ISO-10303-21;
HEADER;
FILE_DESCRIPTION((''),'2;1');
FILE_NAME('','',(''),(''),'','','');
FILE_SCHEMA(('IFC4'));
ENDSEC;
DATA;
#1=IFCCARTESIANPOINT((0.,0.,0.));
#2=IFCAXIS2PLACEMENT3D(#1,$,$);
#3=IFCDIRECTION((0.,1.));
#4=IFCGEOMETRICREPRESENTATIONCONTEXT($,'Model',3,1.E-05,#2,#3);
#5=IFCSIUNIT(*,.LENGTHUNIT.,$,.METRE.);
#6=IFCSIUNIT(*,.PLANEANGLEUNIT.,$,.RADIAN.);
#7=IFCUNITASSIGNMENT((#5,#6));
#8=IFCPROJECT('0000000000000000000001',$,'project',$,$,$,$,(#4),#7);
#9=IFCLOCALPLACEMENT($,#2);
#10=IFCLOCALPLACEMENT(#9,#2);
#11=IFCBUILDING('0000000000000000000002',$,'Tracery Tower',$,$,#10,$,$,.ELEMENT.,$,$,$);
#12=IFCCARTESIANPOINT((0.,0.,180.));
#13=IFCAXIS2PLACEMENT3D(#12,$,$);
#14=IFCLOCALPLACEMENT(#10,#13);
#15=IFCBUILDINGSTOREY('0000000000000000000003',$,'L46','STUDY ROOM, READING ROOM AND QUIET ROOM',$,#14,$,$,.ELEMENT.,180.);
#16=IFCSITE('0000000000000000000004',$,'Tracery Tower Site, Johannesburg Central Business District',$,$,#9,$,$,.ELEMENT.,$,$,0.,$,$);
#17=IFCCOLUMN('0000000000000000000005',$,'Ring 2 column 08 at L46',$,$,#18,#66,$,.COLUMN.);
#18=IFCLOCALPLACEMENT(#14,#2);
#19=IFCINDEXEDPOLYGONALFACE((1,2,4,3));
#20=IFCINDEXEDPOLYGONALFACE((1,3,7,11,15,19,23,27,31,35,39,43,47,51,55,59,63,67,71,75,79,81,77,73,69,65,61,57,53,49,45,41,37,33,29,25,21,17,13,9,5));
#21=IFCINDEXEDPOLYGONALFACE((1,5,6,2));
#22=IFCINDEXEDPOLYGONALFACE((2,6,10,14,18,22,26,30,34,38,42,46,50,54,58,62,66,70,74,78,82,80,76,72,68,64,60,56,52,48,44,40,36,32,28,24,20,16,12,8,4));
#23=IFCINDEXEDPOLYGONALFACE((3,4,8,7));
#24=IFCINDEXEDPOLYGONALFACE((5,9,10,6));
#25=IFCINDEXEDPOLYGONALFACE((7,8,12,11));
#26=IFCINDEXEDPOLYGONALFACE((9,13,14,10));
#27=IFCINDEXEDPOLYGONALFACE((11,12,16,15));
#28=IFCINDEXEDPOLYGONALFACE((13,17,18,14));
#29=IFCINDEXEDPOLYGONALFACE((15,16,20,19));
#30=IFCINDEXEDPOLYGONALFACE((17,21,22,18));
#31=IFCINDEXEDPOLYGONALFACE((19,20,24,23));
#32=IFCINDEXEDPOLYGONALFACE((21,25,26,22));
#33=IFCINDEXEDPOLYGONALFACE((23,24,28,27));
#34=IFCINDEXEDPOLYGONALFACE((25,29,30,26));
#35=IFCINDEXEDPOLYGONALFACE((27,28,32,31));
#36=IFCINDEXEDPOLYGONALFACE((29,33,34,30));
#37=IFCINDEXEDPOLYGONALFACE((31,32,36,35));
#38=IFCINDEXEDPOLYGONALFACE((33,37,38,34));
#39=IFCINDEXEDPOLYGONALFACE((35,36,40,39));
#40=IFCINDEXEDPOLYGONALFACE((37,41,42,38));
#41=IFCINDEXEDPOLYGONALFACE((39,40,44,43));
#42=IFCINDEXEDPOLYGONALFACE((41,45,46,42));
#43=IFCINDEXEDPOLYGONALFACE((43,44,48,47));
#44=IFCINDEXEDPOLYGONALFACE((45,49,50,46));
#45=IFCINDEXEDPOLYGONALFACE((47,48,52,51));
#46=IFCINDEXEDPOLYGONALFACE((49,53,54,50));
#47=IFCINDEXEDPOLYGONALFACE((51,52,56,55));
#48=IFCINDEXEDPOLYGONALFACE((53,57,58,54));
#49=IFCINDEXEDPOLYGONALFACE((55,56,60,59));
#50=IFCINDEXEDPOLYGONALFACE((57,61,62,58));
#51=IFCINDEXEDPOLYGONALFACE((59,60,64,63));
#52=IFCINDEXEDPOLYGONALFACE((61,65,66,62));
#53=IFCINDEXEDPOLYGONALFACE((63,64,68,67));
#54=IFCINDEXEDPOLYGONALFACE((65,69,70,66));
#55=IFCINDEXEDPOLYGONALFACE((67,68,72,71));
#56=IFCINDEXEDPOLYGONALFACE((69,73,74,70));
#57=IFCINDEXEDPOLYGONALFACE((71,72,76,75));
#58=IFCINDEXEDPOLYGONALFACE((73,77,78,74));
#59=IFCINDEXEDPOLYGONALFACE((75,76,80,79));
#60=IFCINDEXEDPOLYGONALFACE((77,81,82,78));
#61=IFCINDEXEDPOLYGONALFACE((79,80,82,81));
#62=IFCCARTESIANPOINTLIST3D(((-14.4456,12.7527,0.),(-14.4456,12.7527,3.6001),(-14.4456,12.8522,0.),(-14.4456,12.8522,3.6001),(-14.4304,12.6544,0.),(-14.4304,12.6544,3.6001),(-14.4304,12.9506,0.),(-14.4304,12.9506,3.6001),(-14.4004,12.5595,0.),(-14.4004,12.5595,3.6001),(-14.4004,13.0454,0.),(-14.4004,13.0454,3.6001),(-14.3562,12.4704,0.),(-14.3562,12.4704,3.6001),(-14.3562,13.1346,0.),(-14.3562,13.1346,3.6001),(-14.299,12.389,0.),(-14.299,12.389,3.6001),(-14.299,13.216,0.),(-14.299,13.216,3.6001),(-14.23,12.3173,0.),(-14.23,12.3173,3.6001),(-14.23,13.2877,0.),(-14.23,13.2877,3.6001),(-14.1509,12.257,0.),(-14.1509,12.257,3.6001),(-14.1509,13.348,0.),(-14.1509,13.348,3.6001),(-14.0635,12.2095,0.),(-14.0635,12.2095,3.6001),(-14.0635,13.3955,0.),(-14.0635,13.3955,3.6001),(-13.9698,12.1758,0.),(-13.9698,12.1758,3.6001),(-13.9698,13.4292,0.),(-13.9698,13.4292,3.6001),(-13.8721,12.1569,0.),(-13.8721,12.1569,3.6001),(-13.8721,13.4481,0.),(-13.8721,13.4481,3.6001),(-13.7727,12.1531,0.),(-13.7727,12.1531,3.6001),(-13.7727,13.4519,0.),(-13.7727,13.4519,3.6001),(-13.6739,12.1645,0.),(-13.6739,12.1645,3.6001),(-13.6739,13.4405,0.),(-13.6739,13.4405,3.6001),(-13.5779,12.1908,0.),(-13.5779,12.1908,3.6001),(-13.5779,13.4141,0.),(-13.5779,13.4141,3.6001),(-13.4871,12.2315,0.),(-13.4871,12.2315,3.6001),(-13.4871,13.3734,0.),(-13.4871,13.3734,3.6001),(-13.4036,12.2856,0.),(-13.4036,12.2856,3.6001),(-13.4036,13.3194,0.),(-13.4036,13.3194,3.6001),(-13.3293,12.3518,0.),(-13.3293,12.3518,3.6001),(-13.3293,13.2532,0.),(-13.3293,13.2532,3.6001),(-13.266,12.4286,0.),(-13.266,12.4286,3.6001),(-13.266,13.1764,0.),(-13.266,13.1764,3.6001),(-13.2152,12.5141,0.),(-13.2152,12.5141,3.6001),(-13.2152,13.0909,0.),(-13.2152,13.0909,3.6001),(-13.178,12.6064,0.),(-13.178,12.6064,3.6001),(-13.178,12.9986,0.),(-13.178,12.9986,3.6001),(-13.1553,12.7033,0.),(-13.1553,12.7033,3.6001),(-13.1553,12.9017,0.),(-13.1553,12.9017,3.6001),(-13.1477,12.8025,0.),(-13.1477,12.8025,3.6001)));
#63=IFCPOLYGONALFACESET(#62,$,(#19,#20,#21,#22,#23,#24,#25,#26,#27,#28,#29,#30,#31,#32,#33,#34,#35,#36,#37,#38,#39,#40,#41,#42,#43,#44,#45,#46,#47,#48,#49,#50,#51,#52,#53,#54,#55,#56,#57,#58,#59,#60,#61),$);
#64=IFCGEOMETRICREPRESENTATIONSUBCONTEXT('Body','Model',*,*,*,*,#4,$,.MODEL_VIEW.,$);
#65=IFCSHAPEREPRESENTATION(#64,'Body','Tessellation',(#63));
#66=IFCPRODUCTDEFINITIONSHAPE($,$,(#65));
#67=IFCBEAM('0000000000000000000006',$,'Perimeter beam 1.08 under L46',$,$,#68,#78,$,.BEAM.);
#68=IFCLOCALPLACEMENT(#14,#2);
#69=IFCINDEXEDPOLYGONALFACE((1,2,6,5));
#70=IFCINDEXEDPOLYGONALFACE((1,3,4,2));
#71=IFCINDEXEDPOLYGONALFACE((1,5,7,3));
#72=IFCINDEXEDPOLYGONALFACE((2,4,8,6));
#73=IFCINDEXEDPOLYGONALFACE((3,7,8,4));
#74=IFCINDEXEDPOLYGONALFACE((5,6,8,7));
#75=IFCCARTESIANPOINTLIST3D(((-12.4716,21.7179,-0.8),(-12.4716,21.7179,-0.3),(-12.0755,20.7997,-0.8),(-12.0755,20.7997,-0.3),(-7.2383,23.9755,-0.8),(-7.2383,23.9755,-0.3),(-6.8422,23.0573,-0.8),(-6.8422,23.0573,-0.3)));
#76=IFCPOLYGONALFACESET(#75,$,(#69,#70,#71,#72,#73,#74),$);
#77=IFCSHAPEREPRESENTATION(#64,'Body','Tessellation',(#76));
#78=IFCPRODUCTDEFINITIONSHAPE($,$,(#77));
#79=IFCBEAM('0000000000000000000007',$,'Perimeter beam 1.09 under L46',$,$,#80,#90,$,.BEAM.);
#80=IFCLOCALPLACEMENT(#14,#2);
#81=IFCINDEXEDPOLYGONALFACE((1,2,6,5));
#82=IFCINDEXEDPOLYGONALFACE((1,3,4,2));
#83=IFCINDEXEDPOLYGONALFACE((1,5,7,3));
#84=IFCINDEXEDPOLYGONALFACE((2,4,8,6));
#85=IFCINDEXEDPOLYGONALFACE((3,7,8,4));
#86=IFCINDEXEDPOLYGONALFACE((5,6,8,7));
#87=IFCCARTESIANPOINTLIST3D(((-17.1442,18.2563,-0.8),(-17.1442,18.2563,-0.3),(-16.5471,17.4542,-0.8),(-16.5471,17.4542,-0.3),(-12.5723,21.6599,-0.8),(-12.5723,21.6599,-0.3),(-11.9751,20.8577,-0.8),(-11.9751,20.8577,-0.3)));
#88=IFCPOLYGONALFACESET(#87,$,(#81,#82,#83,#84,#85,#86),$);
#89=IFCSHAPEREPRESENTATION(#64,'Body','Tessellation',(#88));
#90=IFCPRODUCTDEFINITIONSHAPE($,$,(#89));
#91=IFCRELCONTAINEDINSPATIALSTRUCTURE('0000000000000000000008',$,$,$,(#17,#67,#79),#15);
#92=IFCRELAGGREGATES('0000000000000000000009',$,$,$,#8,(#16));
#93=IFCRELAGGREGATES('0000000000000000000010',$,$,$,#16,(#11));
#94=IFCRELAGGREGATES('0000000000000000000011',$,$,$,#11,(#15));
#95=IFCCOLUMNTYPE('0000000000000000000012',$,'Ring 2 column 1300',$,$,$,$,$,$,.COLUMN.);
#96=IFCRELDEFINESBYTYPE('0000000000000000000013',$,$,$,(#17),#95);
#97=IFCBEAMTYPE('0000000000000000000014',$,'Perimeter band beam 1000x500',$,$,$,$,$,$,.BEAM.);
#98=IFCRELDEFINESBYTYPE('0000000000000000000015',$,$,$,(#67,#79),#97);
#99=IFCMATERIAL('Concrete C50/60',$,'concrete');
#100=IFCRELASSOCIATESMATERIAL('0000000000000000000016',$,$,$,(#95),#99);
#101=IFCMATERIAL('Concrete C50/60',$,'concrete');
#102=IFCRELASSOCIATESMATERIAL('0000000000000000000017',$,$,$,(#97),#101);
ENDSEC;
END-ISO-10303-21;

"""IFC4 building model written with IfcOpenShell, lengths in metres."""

from ifc_helpers import new_model, si_unit, direction, frame, origin, origin_2d, place, context, subcontext, project, spatial, rectangle, circle, extrude, material, material_profile, profile_set, type_object, element, save


model = new_model("IFC4")

# Units and contexts
model_context = context("Model", 3, precision=1e-05, world=origin(), true_north=direction((0.0, 1.0)))
body_context = subcontext(model_context, "Body", "Model", "MODEL_VIEW")
ifc_project = project(units=[si_unit("LENGTHUNIT", "METRE"), si_unit("PLANEANGLEUNIT", "RADIAN")], contexts=[model_context])

# Site, building, storey
site_placement = place(None, origin())
site = spatial("IfcSite", under=ifc_project, at=site_placement, Name="Tracery Tower Site, Johannesburg Central Business District", CompositionType="ELEMENT", RefElevation=0.0)
building_placement = place(site_placement, origin())
building = spatial("IfcBuilding", under=site, at=building_placement, Name="Tracery Tower", CompositionType="ELEMENT")
storey_placement = place(building_placement, frame((0.0, 0.0, 180.0)))
storey = spatial("IfcBuildingStorey", under=building, at=storey_placement, Name="L46", Description="STUDY ROOM, READING ROOM AND QUIET ROOM", CompositionType="ELEMENT", Elevation=180.0)

# Column
ifc_material_1 = material(Name="Concrete C50/60", Category="concrete")
ifc_material_profile_1 = material_profile(ifc_material_1, circle(Radius=0.6499, at=origin_2d()), Name="RC D1300")
ifc_profile_set_1 = profile_set([ifc_material_profile_1], Name="Concrete C50/60")
column_type_1 = type_object("IfcColumnType", Name="Ring 2 column 1300", PredefinedType="COLUMN", material=ifc_profile_set_1)
for number, where, z_axis, x_axis, name in (
    (1, (-13.7976, 12.8025, 0.0), (0.0, 0.0, 1.0), (1.0, 0.0, 0.0), "Ring 2 column 08 at L46"),
):
    element("IfcColumn", number, at=place(storey_placement, frame(where, z_axis=z_axis, x_axis=x_axis)), inside=storey, type_object=column_type_1, Name=name, PredefinedType="COLUMN", context=body_context, shape_type="SweptSolid", body=[
        extrude(circle(Radius=0.6499, at=origin_2d()), origin(), (0.0, 0.0, 1.0), 3.6001),
    ])

# Beams
ifc_material_2 = material(Name="Concrete C50/60", Category="concrete")
ifc_material_profile_2 = material_profile(ifc_material_2, rectangle(XDim=1.0, YDim=0.5, at=origin_2d()), Name="RC 1000x500")
ifc_profile_set_2 = profile_set([ifc_material_profile_2], Name="Concrete C50/60")
beam_type = type_object("IfcBeamType", Name="Perimeter band beam 1000x500", PredefinedType="BEAM", material=ifc_profile_set_2)
beam_1_placement = place(storey_placement, frame((-7.0403, 23.5164, -0.55), z_axis=(-0.91821, -0.396095, 0.0), x_axis=(0.396095, -0.91821, 0.0)))
element("IfcBeam", 2, at=beam_1_placement, inside=storey, type_object=beam_type, Name="Perimeter beam 1.08 under L46", PredefinedType="BEAM", context=body_context, shape_type="SweptSolid", body=[
    extrude(rectangle(XDim=1.0, YDim=0.5, at=origin_2d()), origin(), (0.0, 0.0, 1.0), 5.6995),
])
beam_2_placement = place(storey_placement, frame((-12.2737, 21.2588, -0.55), z_axis=(-0.802138, -0.597138, 0.0), x_axis=(0.597138, -0.802138, 0.0)))
element("IfcBeam", 3, at=beam_2_placement, inside=storey, type_object=beam_type, Name="Perimeter beam 1.09 under L46", PredefinedType="BEAM", context=body_context, shape_type="SweptSolid", body=[
    extrude(rectangle(XDim=1.0, YDim=0.5, at=origin_2d()), origin(), (0.0, 0.0, 1.0), 5.6997),
])

save(model, "model.ifc")
